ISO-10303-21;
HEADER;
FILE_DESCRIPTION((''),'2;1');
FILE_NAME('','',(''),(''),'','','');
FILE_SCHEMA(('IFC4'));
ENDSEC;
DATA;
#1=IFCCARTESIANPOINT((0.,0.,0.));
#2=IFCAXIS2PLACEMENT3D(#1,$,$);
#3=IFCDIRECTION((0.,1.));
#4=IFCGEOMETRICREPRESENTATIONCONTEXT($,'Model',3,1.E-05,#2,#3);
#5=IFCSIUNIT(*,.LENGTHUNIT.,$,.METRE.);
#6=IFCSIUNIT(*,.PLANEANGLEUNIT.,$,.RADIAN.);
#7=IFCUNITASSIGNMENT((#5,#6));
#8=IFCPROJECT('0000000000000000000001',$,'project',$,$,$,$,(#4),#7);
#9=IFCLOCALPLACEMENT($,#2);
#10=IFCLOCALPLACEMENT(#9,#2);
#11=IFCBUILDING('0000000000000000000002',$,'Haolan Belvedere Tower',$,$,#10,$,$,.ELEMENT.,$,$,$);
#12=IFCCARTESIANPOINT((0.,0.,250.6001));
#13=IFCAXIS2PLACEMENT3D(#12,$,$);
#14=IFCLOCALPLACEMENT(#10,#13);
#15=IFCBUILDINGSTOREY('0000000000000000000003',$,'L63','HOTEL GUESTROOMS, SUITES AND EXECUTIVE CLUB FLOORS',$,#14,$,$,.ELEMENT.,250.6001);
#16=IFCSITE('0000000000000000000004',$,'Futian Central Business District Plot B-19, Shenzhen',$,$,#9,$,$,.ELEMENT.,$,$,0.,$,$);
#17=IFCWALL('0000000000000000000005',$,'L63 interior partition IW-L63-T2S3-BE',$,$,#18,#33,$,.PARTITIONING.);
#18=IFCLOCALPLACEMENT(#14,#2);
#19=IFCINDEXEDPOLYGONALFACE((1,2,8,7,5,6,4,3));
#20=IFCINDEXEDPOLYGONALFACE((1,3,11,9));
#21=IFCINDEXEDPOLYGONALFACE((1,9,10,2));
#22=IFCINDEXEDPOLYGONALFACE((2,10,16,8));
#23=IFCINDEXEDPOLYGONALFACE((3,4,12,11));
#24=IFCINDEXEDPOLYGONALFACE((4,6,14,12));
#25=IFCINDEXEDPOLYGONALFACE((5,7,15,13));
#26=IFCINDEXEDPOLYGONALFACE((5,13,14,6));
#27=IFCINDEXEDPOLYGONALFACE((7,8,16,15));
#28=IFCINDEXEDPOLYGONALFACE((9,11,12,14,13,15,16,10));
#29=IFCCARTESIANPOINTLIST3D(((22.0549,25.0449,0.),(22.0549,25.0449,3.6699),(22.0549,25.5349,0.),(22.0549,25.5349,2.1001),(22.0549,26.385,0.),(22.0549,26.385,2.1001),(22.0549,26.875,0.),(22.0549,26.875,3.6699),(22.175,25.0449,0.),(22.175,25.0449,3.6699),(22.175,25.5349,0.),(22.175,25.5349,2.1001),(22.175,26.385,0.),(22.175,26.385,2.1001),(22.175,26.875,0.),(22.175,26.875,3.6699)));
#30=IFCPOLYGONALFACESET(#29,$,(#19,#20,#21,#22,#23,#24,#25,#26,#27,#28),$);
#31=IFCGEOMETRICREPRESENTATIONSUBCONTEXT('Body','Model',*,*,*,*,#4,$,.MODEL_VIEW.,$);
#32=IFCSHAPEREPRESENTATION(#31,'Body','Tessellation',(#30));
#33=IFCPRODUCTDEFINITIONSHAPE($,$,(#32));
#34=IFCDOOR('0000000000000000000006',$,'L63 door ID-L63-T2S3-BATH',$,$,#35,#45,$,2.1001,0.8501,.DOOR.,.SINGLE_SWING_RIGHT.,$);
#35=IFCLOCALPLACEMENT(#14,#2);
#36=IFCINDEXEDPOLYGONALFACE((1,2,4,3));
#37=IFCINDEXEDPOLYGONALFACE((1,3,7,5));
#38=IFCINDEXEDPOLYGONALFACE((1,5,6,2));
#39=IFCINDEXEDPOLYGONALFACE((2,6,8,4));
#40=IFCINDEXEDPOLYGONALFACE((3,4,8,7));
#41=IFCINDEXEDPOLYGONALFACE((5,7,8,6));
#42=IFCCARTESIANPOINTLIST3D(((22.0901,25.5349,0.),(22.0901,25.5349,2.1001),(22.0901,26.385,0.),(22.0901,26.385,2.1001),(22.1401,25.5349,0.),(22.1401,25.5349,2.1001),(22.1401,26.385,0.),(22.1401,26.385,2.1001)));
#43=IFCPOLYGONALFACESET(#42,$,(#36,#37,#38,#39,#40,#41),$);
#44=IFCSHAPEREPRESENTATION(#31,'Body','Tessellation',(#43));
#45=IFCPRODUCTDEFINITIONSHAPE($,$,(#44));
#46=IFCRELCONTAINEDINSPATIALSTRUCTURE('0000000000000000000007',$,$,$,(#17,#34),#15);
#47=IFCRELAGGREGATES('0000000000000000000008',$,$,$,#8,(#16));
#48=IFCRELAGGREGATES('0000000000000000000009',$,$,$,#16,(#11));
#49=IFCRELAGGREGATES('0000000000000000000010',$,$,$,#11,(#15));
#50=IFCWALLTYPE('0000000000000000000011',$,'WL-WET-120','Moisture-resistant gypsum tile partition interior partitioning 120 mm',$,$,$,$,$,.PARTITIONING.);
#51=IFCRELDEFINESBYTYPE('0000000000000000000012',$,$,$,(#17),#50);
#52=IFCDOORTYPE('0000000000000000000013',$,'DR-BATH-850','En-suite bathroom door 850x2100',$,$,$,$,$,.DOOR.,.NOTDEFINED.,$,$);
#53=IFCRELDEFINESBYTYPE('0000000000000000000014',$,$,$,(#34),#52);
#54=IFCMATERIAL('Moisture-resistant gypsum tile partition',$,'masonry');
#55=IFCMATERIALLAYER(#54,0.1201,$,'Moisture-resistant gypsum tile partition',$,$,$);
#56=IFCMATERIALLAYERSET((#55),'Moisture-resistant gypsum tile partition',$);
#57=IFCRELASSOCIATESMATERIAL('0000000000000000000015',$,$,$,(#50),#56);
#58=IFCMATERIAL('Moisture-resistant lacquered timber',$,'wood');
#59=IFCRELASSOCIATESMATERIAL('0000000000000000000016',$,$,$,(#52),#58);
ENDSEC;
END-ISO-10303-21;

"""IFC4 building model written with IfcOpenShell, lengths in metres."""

from ifc_helpers import new_model, si_unit, direction, frame, frame_2d, origin, place, context, subcontext, project, spatial, rectangle, extrude, material, layer, layer_set, type_object, element, fill, save


model = new_model("IFC4")

# Units and contexts
model_context = context("Model", 3, precision=1e-05, world=origin(), true_north=direction((0.0, 1.0)))
body_context = subcontext(model_context, "Body", "Model", "MODEL_VIEW")
ifc_project = project(units=[si_unit("LENGTHUNIT", "METRE"), si_unit("PLANEANGLEUNIT", "RADIAN")], contexts=[model_context])

# Site, building, storey
site_placement = place(None, origin())
site = spatial("IfcSite", under=ifc_project, at=site_placement, Name="Futian Central Business District Plot B-19, Shenzhen", CompositionType="ELEMENT", RefElevation=0.0)
building_placement = place(site_placement, origin())
building = spatial("IfcBuilding", under=site, at=building_placement, Name="Haolan Belvedere Tower", CompositionType="ELEMENT")
storey_placement = place(building_placement, frame((0.0, 0.0, 250.6001)))
storey = spatial("IfcBuildingStorey", under=building, at=storey_placement, Name="L63", Description="HOTEL GUESTROOMS, SUITES AND EXECUTIVE CLUB FLOORS", CompositionType="ELEMENT", Elevation=250.6001)

# Shared definitions
ifc_material_1 = material(Name="Moisture-resistant gypsum tile partition", Category="masonry")
ifc_layer_1 = layer(ifc_material_1, 0.1201, Name="Moisture-resistant gypsum tile partition")
ifc_layer_set_1 = layer_set([ifc_layer_1], Name="Moisture-resistant gypsum tile partition")
wall_type_1 = type_object("IfcWallType", Name="WL-WET-120", Description="Moisture-resistant gypsum tile partition interior partitioning 120 mm", PredefinedType="PARTITIONING", material=ifc_layer_set_1)

# Wall, opening, door
wall_1_placement = place(storey_placement, frame((22.115, 25.0449, 0.0), z_axis=(0.0, 0.0, 1.0), x_axis=(0.0, 1.0, 0.0)))
wall_1 = element("IfcWall", 1, at=wall_1_placement, inside=storey, type_object=wall_type_1, Name="L63 interior partition IW-L63-T2S3-BE", PredefinedType="PARTITIONING", context=body_context, shape_type="SweptSolid", body=[
    extrude(rectangle(XDim=1.8301, YDim=0.1201, at=frame_2d((0.915, 0.0))), origin(), (0.0, 0.0, 1.0), 3.6699),
])
opening_1_placement = place(wall_1_placement, frame((0.49, 0.0, 0.0)))
opening_1 = element("IfcOpeningElement", 2, at=opening_1_placement, cuts=wall_1, PredefinedType="OPENING", context=body_context, shape_type="SweptSolid", body=[
    extrude(rectangle(XDim=0.8501, YDim=2.1001, at=frame_2d((0.425, 1.05))), frame((0.0, 0.0701, 0.0), z_axis=(0.0, -1.0, 0.0), x_axis=(1.0, 0.0, 0.0)), (0.0, 0.0, 1.0), 0.1401),
])
ifc_material_2 = material(Name="Moisture-resistant lacquered timber", Category="wood")
door_type_1 = type_object("IfcDoorType", Name="DR-BATH-850", Description="En-suite bathroom door 850x2100", OperationType="NOTDEFINED", PredefinedType="DOOR", material=ifc_material_2)
door_1_placement = place(opening_1_placement, origin())
door_1 = element("IfcDoor", 3, at=door_1_placement, inside=storey, type_object=door_type_1, Name="L63 door ID-L63-T2S3-BATH", OperationType="SINGLE_SWING_RIGHT", OverallHeight=2.1001, OverallWidth=0.8501, PredefinedType="DOOR", context=body_context, shape_type="SweptSolid", body=[
    extrude(rectangle(XDim=0.8501, YDim=2.1001, at=frame_2d((0.425, 1.05))), frame((0.0, 0.0249, 0.0), z_axis=(0.0, -1.0, 0.0), x_axis=(1.0, 0.0, 0.0)), (0.0, 0.0, 1.0), 0.05),
])
fill(opening_1, door_1)

save(model, "model.ifc")
